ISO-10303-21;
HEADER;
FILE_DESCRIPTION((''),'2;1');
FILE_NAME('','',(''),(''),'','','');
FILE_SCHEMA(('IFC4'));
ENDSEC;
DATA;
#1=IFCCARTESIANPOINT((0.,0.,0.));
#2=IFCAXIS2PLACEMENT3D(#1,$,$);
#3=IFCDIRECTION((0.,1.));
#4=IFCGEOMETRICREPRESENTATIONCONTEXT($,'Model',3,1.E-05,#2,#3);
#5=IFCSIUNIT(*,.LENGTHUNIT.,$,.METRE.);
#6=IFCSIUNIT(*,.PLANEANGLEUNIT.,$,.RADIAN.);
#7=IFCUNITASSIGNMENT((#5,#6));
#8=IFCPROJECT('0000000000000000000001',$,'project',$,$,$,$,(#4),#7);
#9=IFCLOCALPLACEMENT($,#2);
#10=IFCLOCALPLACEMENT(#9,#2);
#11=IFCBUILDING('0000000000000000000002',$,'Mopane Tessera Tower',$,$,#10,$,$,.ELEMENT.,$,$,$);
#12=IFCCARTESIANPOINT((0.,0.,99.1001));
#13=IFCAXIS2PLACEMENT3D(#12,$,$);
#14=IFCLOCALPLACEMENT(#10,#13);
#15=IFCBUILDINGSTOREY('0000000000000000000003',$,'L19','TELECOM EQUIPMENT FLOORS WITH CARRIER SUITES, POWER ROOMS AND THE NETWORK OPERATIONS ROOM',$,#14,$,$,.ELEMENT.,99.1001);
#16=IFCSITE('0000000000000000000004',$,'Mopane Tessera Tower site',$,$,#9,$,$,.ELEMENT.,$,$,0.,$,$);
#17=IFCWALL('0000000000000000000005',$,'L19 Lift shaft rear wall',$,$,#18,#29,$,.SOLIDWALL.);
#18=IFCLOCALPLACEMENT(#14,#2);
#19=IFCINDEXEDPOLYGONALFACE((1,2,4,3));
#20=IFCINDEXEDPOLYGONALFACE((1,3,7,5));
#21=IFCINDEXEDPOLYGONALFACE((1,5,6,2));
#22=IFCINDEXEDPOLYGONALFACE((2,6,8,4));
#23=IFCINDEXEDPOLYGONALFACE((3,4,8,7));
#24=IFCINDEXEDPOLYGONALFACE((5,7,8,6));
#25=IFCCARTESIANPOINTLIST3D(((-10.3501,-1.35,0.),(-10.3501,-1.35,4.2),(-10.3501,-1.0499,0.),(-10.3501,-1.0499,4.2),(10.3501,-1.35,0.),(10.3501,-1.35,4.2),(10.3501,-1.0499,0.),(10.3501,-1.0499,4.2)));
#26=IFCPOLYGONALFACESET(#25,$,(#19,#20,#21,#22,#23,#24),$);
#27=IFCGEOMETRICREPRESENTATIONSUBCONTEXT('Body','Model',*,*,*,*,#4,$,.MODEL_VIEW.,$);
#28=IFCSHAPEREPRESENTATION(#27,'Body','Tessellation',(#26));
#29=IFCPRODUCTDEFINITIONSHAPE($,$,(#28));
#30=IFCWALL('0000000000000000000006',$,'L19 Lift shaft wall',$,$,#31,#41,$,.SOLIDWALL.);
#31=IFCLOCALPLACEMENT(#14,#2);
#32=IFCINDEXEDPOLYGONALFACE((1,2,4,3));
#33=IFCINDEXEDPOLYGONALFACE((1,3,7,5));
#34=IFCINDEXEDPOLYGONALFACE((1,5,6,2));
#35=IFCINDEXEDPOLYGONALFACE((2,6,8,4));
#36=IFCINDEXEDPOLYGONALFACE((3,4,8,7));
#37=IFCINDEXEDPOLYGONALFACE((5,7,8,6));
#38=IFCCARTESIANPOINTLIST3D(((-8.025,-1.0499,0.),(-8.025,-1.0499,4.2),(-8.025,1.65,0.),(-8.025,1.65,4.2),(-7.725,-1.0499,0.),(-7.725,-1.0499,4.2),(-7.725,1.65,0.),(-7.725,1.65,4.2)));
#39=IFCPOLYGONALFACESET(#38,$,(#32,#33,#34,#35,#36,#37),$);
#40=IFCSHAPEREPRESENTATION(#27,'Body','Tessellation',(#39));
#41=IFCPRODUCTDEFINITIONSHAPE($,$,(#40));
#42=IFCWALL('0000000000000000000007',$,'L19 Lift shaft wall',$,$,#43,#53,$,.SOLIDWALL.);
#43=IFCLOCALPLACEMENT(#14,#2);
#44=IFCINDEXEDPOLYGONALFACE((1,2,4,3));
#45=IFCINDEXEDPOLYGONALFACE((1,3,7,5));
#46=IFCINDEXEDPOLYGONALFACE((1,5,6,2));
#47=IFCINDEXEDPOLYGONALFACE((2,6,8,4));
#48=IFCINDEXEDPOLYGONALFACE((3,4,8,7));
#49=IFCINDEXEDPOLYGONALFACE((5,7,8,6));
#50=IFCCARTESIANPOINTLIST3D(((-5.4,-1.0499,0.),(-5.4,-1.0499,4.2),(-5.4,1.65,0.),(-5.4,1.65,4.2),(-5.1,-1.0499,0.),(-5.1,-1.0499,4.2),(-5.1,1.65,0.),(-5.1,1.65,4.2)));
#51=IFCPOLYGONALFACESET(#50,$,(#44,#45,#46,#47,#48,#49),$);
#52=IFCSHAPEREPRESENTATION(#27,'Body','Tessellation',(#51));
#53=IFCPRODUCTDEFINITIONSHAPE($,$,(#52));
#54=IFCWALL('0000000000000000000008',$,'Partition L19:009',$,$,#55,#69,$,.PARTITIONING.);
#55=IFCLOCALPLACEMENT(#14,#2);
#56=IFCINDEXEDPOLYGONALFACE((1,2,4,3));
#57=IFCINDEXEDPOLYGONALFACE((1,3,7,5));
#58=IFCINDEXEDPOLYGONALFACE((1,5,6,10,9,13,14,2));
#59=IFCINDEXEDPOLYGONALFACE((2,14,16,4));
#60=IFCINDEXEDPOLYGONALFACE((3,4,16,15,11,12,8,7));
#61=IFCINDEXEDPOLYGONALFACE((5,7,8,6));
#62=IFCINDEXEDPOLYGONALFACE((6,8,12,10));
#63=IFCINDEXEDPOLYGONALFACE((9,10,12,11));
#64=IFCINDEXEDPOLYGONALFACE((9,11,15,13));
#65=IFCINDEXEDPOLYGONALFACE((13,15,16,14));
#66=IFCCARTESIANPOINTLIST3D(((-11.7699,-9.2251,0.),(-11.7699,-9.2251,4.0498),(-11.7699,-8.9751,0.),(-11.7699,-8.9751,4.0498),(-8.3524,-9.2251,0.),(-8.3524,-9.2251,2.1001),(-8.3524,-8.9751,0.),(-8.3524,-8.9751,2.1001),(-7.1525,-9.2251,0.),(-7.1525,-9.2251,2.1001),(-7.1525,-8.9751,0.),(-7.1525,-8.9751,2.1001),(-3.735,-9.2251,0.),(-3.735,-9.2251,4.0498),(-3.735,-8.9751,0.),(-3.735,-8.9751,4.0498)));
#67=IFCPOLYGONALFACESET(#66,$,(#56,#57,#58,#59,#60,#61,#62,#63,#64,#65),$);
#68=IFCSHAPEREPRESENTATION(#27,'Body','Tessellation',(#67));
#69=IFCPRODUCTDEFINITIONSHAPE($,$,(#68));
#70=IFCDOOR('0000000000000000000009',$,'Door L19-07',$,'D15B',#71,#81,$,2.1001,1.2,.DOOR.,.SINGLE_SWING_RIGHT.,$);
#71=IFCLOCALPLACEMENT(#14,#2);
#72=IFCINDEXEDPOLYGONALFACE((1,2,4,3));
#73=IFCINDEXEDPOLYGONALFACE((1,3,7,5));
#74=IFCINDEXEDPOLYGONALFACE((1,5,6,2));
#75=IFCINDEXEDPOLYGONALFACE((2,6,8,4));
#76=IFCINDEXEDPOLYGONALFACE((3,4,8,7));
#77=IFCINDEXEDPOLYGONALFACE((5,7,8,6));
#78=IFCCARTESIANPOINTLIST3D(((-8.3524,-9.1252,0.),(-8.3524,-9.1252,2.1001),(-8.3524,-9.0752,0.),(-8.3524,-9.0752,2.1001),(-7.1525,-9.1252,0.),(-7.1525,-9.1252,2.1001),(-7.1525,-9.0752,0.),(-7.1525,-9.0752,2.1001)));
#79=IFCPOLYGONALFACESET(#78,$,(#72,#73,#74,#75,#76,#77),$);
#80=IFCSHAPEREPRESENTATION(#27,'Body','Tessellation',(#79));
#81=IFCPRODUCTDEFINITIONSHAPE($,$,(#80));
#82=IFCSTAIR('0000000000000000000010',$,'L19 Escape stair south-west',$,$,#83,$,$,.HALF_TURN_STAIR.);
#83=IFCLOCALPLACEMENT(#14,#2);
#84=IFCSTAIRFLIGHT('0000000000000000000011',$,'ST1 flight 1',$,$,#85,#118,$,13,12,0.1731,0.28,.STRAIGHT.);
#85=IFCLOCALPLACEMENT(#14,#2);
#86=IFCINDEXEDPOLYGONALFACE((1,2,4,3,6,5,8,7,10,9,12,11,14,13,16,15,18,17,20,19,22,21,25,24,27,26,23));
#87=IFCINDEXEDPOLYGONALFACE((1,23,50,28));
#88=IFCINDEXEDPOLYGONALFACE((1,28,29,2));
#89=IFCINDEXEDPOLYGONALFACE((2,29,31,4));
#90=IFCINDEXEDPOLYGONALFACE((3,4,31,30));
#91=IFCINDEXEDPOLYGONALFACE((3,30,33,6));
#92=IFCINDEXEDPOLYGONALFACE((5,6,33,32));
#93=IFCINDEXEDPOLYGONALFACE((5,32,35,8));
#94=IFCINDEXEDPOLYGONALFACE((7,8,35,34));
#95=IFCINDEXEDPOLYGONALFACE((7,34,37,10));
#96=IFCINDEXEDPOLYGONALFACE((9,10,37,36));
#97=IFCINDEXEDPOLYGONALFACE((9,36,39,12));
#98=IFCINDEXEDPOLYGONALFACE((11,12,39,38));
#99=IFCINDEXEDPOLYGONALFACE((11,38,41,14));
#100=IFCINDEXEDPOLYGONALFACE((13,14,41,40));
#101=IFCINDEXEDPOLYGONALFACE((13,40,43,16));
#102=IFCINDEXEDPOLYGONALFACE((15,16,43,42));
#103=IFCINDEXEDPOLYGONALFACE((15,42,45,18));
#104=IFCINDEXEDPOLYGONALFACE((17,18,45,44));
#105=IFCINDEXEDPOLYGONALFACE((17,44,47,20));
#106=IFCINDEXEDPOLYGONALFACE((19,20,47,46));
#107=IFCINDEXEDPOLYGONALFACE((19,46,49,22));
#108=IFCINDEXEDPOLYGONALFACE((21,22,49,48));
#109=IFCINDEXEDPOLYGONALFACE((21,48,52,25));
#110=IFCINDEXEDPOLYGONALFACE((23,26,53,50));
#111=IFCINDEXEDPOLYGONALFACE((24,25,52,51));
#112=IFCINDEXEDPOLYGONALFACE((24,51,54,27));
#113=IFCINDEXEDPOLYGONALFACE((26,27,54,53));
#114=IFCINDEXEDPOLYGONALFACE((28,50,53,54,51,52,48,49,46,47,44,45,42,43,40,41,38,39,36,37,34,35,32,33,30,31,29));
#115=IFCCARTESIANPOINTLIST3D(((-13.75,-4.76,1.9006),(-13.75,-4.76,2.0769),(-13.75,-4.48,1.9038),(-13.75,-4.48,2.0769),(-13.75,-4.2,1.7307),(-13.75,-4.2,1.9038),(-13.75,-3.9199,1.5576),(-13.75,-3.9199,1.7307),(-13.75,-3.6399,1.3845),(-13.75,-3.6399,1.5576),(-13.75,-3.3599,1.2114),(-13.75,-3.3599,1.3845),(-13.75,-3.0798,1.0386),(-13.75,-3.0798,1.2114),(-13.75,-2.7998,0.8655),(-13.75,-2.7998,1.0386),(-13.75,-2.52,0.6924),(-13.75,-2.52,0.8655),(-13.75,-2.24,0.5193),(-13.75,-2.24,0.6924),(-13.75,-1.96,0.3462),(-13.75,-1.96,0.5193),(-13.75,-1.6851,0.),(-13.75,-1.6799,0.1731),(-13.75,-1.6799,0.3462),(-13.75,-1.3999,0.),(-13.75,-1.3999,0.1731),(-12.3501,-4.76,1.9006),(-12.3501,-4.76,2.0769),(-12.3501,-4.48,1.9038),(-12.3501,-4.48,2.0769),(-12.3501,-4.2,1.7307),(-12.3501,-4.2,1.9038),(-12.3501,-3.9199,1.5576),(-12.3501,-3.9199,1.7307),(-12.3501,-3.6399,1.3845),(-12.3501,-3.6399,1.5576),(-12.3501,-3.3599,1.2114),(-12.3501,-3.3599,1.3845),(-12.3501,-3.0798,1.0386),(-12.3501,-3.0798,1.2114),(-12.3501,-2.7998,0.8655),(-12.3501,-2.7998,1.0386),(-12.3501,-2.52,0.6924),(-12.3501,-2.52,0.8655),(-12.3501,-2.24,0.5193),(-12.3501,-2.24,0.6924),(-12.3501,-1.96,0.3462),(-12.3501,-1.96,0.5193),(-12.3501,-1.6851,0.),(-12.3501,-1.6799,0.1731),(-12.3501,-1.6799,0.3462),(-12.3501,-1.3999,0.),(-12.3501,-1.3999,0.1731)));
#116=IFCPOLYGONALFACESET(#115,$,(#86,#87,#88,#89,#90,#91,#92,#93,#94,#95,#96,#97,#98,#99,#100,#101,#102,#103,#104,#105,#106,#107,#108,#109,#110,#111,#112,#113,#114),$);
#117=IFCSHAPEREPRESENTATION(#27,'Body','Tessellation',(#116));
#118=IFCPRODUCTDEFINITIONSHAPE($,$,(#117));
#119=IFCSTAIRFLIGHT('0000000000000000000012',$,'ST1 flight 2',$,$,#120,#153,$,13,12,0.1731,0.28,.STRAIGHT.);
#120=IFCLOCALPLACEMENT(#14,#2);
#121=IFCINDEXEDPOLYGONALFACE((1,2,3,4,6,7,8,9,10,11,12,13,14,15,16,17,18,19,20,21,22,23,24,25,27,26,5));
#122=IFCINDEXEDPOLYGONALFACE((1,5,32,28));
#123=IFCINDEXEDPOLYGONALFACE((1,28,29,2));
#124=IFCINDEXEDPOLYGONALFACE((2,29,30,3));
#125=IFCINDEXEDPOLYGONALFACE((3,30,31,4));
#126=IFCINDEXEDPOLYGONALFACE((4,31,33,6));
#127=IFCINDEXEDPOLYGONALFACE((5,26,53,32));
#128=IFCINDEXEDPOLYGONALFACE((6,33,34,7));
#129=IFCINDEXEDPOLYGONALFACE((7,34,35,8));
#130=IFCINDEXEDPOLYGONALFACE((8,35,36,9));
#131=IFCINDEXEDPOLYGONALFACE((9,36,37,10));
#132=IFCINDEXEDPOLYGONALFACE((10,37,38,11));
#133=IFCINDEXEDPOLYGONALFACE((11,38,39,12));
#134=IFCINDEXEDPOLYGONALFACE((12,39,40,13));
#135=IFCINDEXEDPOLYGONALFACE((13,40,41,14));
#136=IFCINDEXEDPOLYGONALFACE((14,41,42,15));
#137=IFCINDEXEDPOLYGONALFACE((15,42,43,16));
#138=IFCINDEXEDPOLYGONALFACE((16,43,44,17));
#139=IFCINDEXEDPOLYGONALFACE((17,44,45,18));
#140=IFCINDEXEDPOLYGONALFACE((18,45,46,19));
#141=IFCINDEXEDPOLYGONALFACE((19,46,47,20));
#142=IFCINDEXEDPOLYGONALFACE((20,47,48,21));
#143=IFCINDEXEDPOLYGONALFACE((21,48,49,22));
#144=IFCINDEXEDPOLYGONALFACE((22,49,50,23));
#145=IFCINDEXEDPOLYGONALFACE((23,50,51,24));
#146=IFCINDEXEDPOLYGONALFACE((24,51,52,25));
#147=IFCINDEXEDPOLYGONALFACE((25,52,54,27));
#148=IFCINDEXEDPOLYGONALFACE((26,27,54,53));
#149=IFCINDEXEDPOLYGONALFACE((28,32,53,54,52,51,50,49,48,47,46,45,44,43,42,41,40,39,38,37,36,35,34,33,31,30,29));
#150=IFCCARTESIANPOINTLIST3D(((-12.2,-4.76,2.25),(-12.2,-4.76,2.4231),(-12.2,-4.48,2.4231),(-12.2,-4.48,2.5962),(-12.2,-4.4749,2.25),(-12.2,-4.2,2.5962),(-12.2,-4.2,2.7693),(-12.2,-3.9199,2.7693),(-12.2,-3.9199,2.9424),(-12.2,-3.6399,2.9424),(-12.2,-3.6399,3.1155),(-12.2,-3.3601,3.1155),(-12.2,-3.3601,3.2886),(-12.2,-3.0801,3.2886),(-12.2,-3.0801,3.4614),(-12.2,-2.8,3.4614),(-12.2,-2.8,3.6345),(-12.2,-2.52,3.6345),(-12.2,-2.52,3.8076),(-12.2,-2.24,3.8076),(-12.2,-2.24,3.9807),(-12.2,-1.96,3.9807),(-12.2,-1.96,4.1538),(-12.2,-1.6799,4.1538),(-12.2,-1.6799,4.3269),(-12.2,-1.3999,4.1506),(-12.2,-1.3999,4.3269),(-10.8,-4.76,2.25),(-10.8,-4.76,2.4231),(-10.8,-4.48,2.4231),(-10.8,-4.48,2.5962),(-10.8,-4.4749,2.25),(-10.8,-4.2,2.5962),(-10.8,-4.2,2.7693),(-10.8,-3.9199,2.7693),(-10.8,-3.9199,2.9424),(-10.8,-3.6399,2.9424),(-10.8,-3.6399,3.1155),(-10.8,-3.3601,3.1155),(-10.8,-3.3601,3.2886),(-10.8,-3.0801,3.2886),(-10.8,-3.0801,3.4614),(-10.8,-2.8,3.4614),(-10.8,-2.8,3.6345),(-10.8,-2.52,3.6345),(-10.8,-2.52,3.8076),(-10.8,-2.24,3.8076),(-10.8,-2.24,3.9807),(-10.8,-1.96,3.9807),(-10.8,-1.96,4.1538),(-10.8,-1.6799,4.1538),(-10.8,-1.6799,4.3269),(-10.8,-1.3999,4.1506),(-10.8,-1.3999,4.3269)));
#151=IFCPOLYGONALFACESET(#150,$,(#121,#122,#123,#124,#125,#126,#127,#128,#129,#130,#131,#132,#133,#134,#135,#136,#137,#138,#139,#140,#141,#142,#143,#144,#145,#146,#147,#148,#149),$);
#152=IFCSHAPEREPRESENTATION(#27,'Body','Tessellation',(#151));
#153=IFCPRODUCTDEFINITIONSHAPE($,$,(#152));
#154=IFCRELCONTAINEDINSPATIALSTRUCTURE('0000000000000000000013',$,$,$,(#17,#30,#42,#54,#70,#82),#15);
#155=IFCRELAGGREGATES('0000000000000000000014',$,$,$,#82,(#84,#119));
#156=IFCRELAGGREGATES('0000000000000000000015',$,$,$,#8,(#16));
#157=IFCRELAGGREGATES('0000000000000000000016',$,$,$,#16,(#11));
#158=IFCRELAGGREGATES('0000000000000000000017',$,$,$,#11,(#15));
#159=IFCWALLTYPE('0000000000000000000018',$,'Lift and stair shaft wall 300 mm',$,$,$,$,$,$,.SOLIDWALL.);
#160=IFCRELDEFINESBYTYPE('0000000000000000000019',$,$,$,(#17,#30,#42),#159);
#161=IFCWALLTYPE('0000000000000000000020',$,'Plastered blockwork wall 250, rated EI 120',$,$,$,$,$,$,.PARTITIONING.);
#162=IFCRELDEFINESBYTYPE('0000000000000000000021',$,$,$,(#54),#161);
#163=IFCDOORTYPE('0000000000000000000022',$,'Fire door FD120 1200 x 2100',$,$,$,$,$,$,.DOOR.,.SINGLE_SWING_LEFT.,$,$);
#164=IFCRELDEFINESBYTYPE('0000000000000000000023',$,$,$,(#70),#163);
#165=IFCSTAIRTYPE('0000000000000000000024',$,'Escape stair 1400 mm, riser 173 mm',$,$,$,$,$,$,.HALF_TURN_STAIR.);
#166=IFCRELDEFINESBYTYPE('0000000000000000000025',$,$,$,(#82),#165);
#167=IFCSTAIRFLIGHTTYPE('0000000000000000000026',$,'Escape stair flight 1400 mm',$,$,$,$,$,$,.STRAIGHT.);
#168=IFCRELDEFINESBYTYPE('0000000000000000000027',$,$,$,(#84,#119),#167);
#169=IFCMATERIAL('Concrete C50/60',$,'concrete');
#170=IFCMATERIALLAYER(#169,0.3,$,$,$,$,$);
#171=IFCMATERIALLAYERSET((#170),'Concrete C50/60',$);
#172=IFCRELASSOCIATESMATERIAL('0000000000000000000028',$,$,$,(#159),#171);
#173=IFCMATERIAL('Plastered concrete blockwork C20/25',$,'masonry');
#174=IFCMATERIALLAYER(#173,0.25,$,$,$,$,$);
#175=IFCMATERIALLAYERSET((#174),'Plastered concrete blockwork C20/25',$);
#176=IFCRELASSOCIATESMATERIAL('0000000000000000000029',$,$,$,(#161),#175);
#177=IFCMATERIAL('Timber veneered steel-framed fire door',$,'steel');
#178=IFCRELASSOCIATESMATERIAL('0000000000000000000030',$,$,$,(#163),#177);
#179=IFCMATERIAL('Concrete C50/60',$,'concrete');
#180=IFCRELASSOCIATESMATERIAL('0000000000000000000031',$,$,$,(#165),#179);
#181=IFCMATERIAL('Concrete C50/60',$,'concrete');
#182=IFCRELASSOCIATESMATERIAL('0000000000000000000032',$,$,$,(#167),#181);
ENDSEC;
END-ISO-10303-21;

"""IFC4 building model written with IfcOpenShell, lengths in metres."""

from ifc_helpers import new_model, si_unit, direction, frame, frame_2d, origin, place, context, subcontext, project, spatial, polyline, rectangle, outline, extrude, material, layer, layer_set, type_object, element, fill, aggregate, save


model = new_model("IFC4")

# Units and contexts
model_context = context("Model", 3, precision=1e-05, world=origin(), true_north=direction((0.0, 1.0)))
body_context = subcontext(model_context, "Body", "Model", "MODEL_VIEW")
ifc_project = project(units=[si_unit("LENGTHUNIT", "METRE"), si_unit("PLANEANGLEUNIT", "RADIAN")], contexts=[model_context])

# Site, building, storey
site_placement = place(None, origin())
site = spatial("IfcSite", under=ifc_project, at=site_placement, Name="Mopane Tessera Tower site", CompositionType="ELEMENT", RefElevation=0.0)
building_placement = place(site_placement, origin())
building = spatial("IfcBuilding", under=site, at=building_placement, Name="Mopane Tessera Tower", CompositionType="ELEMENT")
storey_placement = place(building_placement, frame((0.0, 0.0, 99.1001)))
storey = spatial("IfcBuildingStorey", under=building, at=storey_placement, Name="L19", Description="TELECOM EQUIPMENT FLOORS WITH CARRIER SUITES, POWER ROOMS AND THE NETWORK OPERATIONS ROOM", CompositionType="ELEMENT", Elevation=99.1001)

# Walls
ifc_material_1 = material(Name="Concrete C50/60", Category="concrete")
ifc_layer_1 = layer(ifc_material_1, 0.3)
ifc_layer_set_1 = layer_set([ifc_layer_1], Name="Concrete C50/60")
wall_type_1 = type_object("IfcWallType", Name="Lift and stair shaft wall 300 mm", PredefinedType="SOLIDWALL", material=ifc_layer_set_1)
wall_1_placement = place(storey_placement, frame((-10.3501, -1.2, 0.0), z_axis=(0.0, 0.0, 1.0), x_axis=(1.0, 0.0, 0.0)))
element("IfcWall", 1, at=wall_1_placement, inside=storey, type_object=wall_type_1, Name="L19 Lift shaft rear wall", PredefinedType="SOLIDWALL", context=body_context, shape_type="SweptSolid", body=[
    extrude(rectangle(XDim=20.7002, YDim=0.3, at=frame_2d((10.3501, 0.0))), origin(), (0.0, 0.0, 1.0), 4.2),
])
for number, where, z_axis, x_axis, name in (
    (2, (-7.875, -1.05, 0.0), (0.0, 0.0, 1.0), (0.0, 1.0, 0.0), "L19 Lift shaft wall"),
    (3, (-5.25, -1.05, 0.0), (0.0, 0.0, 1.0), (0.0, 1.0, 0.0), "L19 Lift shaft wall"),
):
    element("IfcWall", number, at=place(storey_placement, frame(where, z_axis=z_axis, x_axis=x_axis)), inside=storey, type_object=wall_type_1, Name=name, PredefinedType="SOLIDWALL", context=body_context, shape_type="SweptSolid", body=[
        extrude(rectangle(XDim=2.7, YDim=0.3, at=frame_2d((1.3501, 0.0))), origin(), (0.0, 0.0, 1.0), 4.2),
    ])

# Wall, opening, door
ifc_material_2 = material(Name="Plastered concrete blockwork C20/25", Category="masonry")
ifc_layer_2 = layer(ifc_material_2, 0.25)
ifc_layer_set_2 = layer_set([ifc_layer_2], Name="Plastered concrete blockwork C20/25")
wall_type_2 = type_object("IfcWallType", Name="Plastered blockwork wall 250, rated EI 120", PredefinedType="PARTITIONING", material=ifc_layer_set_2)
wall_2_placement = place(storey_placement, frame((-11.77, -9.1001, 0.0), z_axis=(0.0, 0.0, 1.0), x_axis=(1.0, 0.0, 0.0)))
wall_2 = element("IfcWall", 4, at=wall_2_placement, inside=storey, type_object=wall_type_2, Name="Partition L19:009", PredefinedType="PARTITIONING", context=body_context, shape_type="SweptSolid", body=[
    extrude(rectangle(XDim=8.0349, YDim=0.25, at=frame_2d((4.0176, 0.0))), origin(), (0.0, 0.0, 1.0), 4.0498),
])
opening_1_placement = place(wall_2_placement, frame((3.4175, 0.0, 0.0)))
opening_1 = element("IfcOpeningElement", 5, at=opening_1_placement, cuts=wall_2, PredefinedType="OPENING", context=body_context, shape_type="SweptSolid", body=[
    extrude(rectangle(XDim=1.2, YDim=2.1001, at=frame_2d((0.6001, 1.05))), frame((0.0, 0.137, 0.0), z_axis=(0.0, -1.0, 0.0), x_axis=(1.0, 0.0, 0.0)), (0.0, 0.0, 1.0), 0.2739),
])
ifc_material_3 = material(Name="Timber veneered steel-framed fire door", Category="steel")
door_type_1 = type_object("IfcDoorType", Name="Fire door FD120 1200 x 2100", OperationType="SINGLE_SWING_LEFT", PredefinedType="DOOR", material=ifc_material_3)
door_1_placement = place(opening_1_placement, origin())
door_1 = element("IfcDoor", 6, at=door_1_placement, inside=storey, type_object=door_type_1, Name="Door L19-07", ObjectType="D15B", OperationType="SINGLE_SWING_RIGHT", OverallHeight=2.1001, OverallWidth=1.2, PredefinedType="DOOR", context=body_context, shape_type="SweptSolid", body=[
    extrude(rectangle(XDim=1.2, YDim=2.1001, at=frame_2d((0.6001, 1.05))), frame((0.0, 0.0249, 0.0), z_axis=(0.0, -1.0, 0.0), x_axis=(1.0, 0.0, 0.0)), (0.0, 0.0, 1.0), 0.05),
])
fill(opening_1, door_1)

# Stair, stair flights
ifc_material_4 = material(Name="Concrete C50/60", Category="concrete")
stair_type = type_object("IfcStairType", Name="Escape stair 1400 mm, riser 173 mm", PredefinedType="HALF_TURN_STAIR", material=ifc_material_4)
stair_placement = place(storey_placement, origin())
stair = element("IfcStair", 7, at=stair_placement, inside=storey, type_object=stair_type, Name="L19 Escape stair south-west", PredefinedType="HALF_TURN_STAIR")
ifc_material_5 = material(Name="Concrete C50/60", Category="concrete")
stair_flight_type = type_object("IfcStairFlightType", Name="Escape stair flight 1400 mm", PredefinedType="STRAIGHT", material=ifc_material_5)
stair_flight_1_placement = place(storey_placement, frame((-13.05, -1.3999, 0.0), z_axis=(0.0, 0.0, 1.0), x_axis=(0.0, -1.0, 0.0)))
stair_flight_1 = element("IfcStairFlight", 8, at=stair_flight_1_placement, type_object=stair_flight_type, Name="ST1 flight 1", NumberOfRisers=13, NumberOfTreads=12, PredefinedType="STRAIGHT", RiserHeight=0.1731, TreadLength=0.28, context=body_context, shape_type="SweptSolid", body=[
    extrude(outline(polyline([(0.0, 0.0), (0.0, 0.1731), (0.28, 0.1731), (0.28, 0.3462), (0.5601, 0.3462), (0.5601, 0.5193), (0.8401, 0.5193), (0.8401, 0.6924), (1.1201, 0.6924), (1.1201, 0.8655), (1.3999, 0.8655), (1.3999, 1.0386), (1.6799, 1.0386), (1.6799, 1.2114), (1.96, 1.2114), (1.96, 1.3845), (2.24, 1.3845), (2.24, 1.5576), (2.52, 1.5576), (2.52, 1.7307), (2.8, 1.7307), (2.8, 1.9038), (3.0801, 1.9038), (3.0801, 2.0769), (3.3601, 2.0769), (3.3601, 2.25), (3.3601, 1.9006), (0.2852, 0.0), (0.0, 0.0)])), frame((0.0, 0.7, 0.0), z_axis=(0.0, -1.0, 0.0), x_axis=(1.0, 0.0, 0.0)), (0.0, 0.0, 1.0), 1.3999),
])
stair_flight_2_placement = place(storey_placement, frame((-11.5, -4.76, 2.25), z_axis=(0.0, 0.0, 1.0), x_axis=(0.0, 1.0, 0.0)))
stair_flight_2 = element("IfcStairFlight", 9, at=stair_flight_2_placement, type_object=stair_flight_type, Name="ST1 flight 2", NumberOfRisers=13, NumberOfTreads=12, PredefinedType="STRAIGHT", RiserHeight=0.1731, TreadLength=0.28, context=body_context, shape_type="SweptSolid", body=[
    extrude(outline(polyline([(0.0, 0.0), (0.0, 0.1731), (0.28, 0.1731), (0.28, 0.3462), (0.5601, 0.3462), (0.5601, 0.5193), (0.8401, 0.5193), (0.8401, 0.6924), (1.1201, 0.6924), (1.1201, 0.8655), (1.3999, 0.8655), (1.3999, 1.0386), (1.6799, 1.0386), (1.6799, 1.2114), (1.96, 1.2114), (1.96, 1.3845), (2.24, 1.3845), (2.24, 1.5576), (2.52, 1.5576), (2.52, 1.7307), (2.8, 1.7307), (2.8, 1.9038), (3.0801, 1.9038), (3.0801, 2.0769), (3.3601, 2.0769), (3.3601, 2.25), (3.3601, 1.9006), (0.2852, 0.0), (0.0, 0.0)])), frame((0.0, 0.7, 0.0), z_axis=(0.0, -1.0, 0.0), x_axis=(1.0, 0.0, 0.0)), (0.0, 0.0, 1.0), 1.3999),
])
aggregate(stair, [stair_flight_1, stair_flight_2])

save(model, "model.ifc")
